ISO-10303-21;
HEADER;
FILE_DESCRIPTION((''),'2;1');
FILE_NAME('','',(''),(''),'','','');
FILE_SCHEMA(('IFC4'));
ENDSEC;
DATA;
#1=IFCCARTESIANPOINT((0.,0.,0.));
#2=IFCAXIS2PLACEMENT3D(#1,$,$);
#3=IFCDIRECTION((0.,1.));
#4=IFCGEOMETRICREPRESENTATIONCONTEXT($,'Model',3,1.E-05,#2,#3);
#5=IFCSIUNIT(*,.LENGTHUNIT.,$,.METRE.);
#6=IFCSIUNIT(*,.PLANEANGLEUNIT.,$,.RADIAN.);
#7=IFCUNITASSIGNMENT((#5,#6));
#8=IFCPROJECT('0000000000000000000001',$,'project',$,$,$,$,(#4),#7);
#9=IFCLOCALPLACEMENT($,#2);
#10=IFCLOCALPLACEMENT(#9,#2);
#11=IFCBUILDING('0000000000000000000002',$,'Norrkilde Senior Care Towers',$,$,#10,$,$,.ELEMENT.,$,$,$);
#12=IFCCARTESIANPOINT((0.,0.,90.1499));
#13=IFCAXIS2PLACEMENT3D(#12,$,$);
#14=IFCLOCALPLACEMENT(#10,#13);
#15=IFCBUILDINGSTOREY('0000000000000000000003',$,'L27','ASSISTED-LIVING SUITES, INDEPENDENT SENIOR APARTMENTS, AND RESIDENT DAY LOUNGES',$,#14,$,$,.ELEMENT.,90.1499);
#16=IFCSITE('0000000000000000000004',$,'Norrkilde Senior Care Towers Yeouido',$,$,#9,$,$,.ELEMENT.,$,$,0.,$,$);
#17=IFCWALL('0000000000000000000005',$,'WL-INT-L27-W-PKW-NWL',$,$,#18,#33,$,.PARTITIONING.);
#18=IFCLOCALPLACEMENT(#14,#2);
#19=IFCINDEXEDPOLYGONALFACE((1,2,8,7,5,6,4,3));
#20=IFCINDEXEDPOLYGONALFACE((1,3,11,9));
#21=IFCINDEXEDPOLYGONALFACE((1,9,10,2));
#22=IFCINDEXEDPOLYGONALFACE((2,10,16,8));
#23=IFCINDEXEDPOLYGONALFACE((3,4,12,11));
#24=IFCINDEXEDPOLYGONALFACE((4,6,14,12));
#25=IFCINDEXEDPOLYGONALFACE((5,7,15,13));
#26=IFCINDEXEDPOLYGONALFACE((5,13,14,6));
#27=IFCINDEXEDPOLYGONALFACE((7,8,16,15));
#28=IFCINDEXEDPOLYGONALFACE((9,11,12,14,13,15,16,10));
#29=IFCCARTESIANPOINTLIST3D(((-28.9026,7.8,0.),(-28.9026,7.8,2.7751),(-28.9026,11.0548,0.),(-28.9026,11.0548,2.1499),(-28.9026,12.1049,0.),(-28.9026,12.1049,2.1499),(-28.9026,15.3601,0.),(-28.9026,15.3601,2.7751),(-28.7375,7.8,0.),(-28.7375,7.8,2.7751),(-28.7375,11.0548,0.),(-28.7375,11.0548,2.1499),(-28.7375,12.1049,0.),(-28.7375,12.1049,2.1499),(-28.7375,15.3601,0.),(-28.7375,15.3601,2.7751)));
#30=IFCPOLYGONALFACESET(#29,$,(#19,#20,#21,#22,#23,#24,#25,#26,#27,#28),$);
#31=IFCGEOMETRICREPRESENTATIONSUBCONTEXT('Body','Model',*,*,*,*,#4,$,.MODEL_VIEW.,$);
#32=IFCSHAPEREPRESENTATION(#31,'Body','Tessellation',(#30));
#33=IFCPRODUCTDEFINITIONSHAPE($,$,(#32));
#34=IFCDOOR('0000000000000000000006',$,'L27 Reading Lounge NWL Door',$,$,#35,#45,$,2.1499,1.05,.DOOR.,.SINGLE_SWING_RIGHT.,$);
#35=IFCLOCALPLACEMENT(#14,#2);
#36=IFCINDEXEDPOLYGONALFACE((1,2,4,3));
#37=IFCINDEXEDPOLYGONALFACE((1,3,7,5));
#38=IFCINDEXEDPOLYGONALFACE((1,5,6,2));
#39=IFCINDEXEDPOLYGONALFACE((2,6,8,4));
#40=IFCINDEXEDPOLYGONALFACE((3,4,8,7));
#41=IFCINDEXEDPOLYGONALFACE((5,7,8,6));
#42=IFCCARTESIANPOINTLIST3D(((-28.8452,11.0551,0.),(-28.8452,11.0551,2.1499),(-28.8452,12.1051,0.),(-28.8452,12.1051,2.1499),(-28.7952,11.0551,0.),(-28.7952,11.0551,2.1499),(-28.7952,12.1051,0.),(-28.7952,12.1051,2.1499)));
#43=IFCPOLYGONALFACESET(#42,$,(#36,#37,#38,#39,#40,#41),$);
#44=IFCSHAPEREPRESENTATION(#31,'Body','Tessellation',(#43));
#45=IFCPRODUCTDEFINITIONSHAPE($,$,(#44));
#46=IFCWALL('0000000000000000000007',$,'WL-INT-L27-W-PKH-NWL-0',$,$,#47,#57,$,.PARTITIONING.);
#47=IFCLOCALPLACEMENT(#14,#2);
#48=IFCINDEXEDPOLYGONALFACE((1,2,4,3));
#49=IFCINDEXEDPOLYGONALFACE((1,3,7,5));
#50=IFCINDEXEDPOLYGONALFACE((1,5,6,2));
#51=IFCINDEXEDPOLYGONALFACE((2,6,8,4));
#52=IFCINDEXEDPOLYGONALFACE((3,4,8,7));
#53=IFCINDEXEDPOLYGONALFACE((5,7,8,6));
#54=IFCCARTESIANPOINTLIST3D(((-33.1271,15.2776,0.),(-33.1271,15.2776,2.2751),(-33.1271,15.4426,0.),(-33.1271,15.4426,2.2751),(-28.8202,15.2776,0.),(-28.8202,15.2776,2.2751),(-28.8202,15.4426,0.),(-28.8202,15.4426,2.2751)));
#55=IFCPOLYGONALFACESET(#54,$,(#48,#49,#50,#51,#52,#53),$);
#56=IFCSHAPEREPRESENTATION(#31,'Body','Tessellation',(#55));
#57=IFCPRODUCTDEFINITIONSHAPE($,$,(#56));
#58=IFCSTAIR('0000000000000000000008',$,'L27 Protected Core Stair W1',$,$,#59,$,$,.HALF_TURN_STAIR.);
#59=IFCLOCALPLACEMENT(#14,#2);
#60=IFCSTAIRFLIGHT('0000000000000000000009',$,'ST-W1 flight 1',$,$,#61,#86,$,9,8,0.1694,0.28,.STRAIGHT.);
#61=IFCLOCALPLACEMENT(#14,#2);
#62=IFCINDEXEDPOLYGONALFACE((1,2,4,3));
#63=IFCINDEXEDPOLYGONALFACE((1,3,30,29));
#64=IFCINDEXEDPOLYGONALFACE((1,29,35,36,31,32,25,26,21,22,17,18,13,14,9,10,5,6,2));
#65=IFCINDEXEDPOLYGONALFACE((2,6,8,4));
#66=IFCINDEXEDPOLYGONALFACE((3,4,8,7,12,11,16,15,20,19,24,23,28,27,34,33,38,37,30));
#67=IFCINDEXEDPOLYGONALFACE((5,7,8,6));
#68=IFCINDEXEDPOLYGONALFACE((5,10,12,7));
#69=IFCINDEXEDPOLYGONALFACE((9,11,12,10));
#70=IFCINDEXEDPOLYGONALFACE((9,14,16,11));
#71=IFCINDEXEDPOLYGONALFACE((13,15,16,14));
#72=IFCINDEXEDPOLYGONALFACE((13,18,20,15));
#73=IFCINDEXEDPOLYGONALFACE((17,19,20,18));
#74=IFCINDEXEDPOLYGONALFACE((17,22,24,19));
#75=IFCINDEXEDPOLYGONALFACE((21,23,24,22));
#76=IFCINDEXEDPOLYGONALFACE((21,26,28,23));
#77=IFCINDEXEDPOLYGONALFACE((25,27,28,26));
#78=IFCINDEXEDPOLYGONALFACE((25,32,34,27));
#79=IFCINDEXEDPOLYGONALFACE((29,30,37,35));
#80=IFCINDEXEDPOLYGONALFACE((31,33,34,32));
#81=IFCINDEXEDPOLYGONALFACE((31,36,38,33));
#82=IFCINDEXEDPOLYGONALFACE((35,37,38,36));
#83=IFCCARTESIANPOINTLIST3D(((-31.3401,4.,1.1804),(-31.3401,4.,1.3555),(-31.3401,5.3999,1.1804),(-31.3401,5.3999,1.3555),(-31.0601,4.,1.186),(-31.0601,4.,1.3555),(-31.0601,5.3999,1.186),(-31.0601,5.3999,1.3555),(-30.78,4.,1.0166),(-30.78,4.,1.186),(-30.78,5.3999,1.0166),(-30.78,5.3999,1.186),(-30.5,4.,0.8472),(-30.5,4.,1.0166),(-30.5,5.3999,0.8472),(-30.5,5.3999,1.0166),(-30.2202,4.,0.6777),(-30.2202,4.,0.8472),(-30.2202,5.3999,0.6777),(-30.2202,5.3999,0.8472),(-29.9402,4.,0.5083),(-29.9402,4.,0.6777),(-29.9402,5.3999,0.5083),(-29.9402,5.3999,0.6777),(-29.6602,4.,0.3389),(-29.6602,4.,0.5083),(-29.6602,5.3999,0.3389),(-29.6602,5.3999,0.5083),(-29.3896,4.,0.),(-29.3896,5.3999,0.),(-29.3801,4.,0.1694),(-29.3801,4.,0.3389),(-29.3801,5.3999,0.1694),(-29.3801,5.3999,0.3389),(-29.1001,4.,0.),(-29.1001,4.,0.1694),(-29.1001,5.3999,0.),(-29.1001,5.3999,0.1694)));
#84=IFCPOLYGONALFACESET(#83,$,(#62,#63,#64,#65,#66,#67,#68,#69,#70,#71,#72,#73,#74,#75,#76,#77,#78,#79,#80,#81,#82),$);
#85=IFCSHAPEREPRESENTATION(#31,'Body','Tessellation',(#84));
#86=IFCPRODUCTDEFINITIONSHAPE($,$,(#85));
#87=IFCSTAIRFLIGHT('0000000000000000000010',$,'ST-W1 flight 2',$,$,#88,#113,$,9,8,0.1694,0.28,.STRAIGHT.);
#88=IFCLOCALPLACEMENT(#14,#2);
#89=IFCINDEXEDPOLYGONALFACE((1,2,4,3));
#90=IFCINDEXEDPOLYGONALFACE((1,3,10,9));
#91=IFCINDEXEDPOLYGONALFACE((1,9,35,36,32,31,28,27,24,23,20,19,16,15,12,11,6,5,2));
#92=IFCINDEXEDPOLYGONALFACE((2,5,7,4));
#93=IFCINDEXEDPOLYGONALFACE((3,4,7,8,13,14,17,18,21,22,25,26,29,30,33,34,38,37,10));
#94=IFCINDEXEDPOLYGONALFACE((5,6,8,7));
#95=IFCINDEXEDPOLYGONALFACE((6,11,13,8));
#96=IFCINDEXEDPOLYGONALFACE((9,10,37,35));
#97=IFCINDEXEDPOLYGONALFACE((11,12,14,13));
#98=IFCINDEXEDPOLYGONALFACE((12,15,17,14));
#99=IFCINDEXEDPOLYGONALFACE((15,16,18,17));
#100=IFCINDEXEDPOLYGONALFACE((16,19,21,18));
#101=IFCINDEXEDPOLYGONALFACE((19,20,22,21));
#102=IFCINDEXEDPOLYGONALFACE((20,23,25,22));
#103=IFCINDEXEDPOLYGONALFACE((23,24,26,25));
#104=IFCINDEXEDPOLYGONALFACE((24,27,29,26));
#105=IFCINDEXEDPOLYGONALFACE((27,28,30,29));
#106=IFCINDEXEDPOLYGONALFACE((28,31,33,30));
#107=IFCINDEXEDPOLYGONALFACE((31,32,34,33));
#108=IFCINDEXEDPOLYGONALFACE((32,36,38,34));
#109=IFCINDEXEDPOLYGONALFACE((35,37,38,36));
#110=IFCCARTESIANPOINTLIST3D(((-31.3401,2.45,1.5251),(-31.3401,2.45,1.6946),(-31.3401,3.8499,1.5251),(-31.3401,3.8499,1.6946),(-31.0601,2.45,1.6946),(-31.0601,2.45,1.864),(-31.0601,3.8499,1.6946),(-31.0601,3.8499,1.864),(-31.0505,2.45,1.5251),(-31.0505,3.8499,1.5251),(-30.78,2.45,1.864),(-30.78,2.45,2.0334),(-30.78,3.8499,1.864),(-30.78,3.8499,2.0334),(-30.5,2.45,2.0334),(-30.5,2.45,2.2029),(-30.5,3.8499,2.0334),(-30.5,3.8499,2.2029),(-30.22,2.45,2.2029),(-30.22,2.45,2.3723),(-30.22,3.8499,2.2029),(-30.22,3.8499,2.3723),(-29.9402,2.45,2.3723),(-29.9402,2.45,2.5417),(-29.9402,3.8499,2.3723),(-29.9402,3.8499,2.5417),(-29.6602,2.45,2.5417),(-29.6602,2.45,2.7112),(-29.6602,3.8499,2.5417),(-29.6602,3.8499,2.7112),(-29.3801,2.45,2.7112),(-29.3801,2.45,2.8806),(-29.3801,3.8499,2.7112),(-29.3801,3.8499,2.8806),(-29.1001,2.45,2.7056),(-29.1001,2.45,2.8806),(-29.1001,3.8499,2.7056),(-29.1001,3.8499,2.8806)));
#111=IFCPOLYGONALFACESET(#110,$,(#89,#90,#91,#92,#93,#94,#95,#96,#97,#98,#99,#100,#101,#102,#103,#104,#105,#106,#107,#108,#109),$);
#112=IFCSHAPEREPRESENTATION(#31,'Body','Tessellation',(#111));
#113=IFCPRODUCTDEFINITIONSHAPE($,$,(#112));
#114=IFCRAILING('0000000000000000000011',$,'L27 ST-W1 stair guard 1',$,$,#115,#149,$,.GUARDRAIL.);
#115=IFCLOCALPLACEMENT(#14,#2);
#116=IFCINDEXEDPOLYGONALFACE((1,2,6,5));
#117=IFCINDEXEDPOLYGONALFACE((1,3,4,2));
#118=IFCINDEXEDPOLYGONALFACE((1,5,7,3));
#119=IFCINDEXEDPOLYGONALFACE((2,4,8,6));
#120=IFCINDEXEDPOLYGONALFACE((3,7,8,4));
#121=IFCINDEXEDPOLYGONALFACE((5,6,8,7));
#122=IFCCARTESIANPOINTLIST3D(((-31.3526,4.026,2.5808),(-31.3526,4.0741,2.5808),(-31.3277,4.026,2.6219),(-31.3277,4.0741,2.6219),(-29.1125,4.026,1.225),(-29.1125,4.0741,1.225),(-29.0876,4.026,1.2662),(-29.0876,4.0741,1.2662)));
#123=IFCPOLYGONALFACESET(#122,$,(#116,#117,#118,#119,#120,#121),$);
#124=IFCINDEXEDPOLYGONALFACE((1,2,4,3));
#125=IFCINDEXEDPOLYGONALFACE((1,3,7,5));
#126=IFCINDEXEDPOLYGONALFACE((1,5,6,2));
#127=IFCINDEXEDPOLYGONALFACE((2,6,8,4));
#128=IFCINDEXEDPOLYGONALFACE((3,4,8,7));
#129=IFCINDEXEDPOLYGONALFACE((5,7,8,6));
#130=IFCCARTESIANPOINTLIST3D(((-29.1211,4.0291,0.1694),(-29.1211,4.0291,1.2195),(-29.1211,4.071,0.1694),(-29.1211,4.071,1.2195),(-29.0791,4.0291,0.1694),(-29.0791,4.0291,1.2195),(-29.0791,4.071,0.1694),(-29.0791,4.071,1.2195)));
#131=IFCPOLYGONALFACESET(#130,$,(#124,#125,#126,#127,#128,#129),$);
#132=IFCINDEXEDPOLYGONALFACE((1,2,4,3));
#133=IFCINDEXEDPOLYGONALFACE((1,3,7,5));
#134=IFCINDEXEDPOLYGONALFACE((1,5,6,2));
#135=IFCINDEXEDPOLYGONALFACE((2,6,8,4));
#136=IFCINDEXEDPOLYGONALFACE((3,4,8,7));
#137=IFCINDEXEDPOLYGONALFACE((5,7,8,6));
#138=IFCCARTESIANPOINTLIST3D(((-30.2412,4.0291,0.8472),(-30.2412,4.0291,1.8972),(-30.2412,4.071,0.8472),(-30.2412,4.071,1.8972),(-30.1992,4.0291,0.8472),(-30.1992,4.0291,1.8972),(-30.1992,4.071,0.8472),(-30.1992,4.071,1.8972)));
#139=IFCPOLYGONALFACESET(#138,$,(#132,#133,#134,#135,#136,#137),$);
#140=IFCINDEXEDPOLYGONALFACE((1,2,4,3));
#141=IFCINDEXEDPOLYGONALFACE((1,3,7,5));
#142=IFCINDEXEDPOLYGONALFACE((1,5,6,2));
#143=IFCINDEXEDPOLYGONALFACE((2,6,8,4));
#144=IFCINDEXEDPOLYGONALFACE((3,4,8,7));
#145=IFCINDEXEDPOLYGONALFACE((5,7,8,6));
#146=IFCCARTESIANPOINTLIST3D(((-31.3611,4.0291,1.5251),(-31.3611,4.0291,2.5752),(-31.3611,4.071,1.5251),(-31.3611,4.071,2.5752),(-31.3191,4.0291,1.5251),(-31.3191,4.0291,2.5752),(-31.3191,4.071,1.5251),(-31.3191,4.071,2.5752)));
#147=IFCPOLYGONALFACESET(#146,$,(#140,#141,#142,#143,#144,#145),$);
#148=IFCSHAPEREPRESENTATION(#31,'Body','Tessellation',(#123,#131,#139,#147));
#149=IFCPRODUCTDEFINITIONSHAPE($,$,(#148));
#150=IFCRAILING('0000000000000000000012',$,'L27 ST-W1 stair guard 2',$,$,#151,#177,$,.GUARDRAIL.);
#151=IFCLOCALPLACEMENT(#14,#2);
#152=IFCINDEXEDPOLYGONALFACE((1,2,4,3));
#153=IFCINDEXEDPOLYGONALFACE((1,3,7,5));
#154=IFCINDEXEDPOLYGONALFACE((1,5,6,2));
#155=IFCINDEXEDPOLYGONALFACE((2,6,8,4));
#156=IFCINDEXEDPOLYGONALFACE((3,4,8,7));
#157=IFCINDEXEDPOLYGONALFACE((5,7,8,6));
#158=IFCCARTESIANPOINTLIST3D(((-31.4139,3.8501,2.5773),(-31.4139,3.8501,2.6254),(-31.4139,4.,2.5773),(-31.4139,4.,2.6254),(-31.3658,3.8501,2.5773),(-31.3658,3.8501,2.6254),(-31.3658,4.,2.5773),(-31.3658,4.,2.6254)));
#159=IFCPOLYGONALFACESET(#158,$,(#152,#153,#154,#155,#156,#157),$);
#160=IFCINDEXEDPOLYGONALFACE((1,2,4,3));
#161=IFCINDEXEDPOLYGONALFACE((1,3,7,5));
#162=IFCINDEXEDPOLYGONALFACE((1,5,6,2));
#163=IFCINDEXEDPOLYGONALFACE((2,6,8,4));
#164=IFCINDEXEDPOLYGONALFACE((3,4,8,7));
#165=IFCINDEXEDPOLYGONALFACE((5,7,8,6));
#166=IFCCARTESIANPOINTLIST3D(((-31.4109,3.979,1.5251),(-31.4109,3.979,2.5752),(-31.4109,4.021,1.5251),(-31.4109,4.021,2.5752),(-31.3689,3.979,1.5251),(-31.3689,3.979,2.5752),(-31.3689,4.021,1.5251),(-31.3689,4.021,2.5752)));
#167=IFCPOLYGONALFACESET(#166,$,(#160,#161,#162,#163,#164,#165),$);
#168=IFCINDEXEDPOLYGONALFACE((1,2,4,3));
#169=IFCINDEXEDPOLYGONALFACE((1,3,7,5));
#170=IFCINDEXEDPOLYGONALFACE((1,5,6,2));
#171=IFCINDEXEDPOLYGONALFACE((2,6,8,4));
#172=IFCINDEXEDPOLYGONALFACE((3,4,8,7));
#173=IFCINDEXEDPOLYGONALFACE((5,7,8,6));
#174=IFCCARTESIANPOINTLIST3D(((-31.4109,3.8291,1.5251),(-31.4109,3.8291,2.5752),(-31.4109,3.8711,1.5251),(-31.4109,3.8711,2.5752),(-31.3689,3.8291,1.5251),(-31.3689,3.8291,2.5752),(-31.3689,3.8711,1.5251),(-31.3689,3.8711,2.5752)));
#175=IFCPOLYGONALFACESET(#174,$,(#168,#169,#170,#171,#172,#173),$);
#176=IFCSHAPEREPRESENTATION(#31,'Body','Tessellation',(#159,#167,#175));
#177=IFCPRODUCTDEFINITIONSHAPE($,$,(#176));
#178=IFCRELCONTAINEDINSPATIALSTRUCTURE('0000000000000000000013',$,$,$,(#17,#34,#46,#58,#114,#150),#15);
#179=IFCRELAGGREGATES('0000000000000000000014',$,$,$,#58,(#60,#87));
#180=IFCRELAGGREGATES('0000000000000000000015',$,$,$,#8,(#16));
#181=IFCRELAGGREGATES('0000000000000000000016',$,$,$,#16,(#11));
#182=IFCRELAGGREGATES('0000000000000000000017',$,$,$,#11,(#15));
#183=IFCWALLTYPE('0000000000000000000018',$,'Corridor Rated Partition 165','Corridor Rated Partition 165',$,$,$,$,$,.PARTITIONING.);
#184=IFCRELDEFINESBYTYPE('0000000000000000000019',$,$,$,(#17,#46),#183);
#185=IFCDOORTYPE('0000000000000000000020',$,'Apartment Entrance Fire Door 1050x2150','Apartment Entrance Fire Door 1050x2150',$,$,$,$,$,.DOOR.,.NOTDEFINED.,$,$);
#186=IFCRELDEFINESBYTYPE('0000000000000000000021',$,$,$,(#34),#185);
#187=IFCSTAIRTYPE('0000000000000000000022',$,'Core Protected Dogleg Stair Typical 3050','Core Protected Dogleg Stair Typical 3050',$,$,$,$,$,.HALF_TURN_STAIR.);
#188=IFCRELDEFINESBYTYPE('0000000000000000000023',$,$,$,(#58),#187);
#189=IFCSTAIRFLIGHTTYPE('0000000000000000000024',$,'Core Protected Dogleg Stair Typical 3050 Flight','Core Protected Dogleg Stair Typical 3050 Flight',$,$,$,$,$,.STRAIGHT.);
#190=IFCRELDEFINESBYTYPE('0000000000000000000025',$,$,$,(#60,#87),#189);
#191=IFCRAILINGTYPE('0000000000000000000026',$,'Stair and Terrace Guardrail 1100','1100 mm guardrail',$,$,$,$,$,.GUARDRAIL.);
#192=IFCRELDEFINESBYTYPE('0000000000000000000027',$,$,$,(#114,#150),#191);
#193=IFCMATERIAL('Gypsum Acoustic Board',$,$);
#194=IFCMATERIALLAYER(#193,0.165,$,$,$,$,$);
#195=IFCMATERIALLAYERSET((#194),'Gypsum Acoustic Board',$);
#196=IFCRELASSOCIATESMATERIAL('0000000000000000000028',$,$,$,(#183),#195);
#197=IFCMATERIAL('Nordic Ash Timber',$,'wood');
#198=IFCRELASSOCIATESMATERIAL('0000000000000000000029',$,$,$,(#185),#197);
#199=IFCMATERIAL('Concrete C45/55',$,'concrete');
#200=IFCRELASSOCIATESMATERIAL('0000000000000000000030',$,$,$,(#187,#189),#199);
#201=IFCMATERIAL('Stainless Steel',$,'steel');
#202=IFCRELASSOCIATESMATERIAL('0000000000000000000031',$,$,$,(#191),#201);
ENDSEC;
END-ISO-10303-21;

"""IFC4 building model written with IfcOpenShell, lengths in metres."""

from ifc_helpers import new_model, si_unit, direction, frame, frame_2d, origin, origin_2d, place, context, subcontext, project, spatial, polyline, rectangle, outline, extrude, source, transform, mapped, material, layer, layer_set, type_object, type_shapes, element, fill, aggregate, save


model = new_model("IFC4")

# Units and contexts
model_context = context("Model", 3, precision=1e-05, world=origin(), true_north=direction((0.0, 1.0)))
body_context = subcontext(model_context, "Body", "Model", "MODEL_VIEW")
ifc_project = project(units=[si_unit("LENGTHUNIT", "METRE"), si_unit("PLANEANGLEUNIT", "RADIAN")], contexts=[model_context])

# Site, building, storey
site_placement = place(None, origin())
site = spatial("IfcSite", under=ifc_project, at=site_placement, Name="Norrkilde Senior Care Towers Yeouido", CompositionType="ELEMENT", RefElevation=0.0)
building_placement = place(site_placement, origin())
building = spatial("IfcBuilding", under=site, at=building_placement, Name="Norrkilde Senior Care Towers", CompositionType="ELEMENT")
storey_placement = place(building_placement, frame((0.0, 0.0, 90.1499)))
storey = spatial("IfcBuildingStorey", under=building, at=storey_placement, Name="L27", Description="ASSISTED-LIVING SUITES, INDEPENDENT SENIOR APARTMENTS, AND RESIDENT DAY LOUNGES", CompositionType="ELEMENT", Elevation=90.1499)

# Shared definitions
ifc_material_1 = material(Name="Gypsum Acoustic Board")
ifc_material_2 = material(Name="Concrete C45/55", Category="concrete")

# Shared definitions
ifc_layer_1 = layer(ifc_material_1, 0.165)
ifc_layer_set_1 = layer_set([ifc_layer_1], Name="Gypsum Acoustic Board")
wall_type_1 = type_object("IfcWallType", Name="Corridor Rated Partition 165", Description="Corridor Rated Partition 165", PredefinedType="PARTITIONING", material=ifc_layer_set_1)

# Wall, opening, door
shared_shape_1 = source(origin(), body_context, "Body", "SweptSolid", [
    extrude(rectangle(XDim=7.5601, YDim=0.165, at=frame_2d((3.78, 0.0))), origin(), (0.0, 0.0, 1.0), 2.7751),
])
wall_1_placement = place(storey_placement, frame((-28.8201, 7.8, 0.0), z_axis=(0.0, 0.0, 1.0), x_axis=(0.0, 1.0, 0.0)))
wall_1 = element("IfcWall", 1, at=wall_1_placement, inside=storey, type_object=wall_type_1, Name="WL-INT-L27-W-PKW-NWL", PredefinedType="PARTITIONING", context=body_context, shape_type="MappedRepresentation", body=[
    mapped(shared_shape_1, transform((0.0, 0.0, 0.0), x_axis=(1.0, 0.0, 0.0), y_axis=(0.0, 1.0, 0.0), z_axis=(0.0, 0.0, 1.0), scale=1.0)),
])
opening_1_placement = place(wall_1_placement, frame((3.2549, 0.0, 0.0)))
opening_1 = element("IfcOpeningElement", 2, at=opening_1_placement, cuts=wall_1, PredefinedType="OPENING", context=body_context, shape_type="SweptSolid", body=[
    extrude(rectangle(XDim=1.05, YDim=2.1499, at=frame_2d((0.5249, 1.075))), frame((0.0, 0.0925, 0.0), z_axis=(0.0, -1.0, 0.0), x_axis=(1.0, 0.0, 0.0)), (0.0, 0.0, 1.0), 0.1851),
])
ifc_material_3 = material(Name="Nordic Ash Timber", Category="wood")
door_type_1 = type_object("IfcDoorType", Name="Apartment Entrance Fire Door 1050x2150", Description="Apartment Entrance Fire Door 1050x2150", OperationType="NOTDEFINED", PredefinedType="DOOR", material=ifc_material_3)
shared_shape_2 = source(origin(), body_context, "Body", "SweptSolid", [
    extrude(rectangle(XDim=1.05, YDim=2.1499, at=frame_2d((0.5249, 1.075))), frame((0.0, 0.0249, 0.0), z_axis=(0.0, -1.0, 0.0), x_axis=(1.0, 0.0, 0.0)), (0.0, 0.0, 1.0), 0.05),
])
type_shapes(door_type_1, [shared_shape_2])
door_1_placement = place(opening_1_placement, frame((1.05, 0.0, 0.0), z_axis=(0.0, 0.0, 1.0), x_axis=(-1.0, 0.0, 0.0)))
door_1 = element("IfcDoor", 3, at=door_1_placement, inside=storey, type_object=door_type_1, Name="L27 Reading Lounge NWL Door", OperationType="SINGLE_SWING_RIGHT", OverallHeight=2.1499, OverallWidth=1.05, PredefinedType="DOOR", context=body_context, shape_type="MappedRepresentation", body=[
    mapped(shared_shape_2, transform((0.0, 0.0, 0.0), x_axis=(1.0, 0.0, 0.0), y_axis=(0.0, 1.0, 0.0), z_axis=(0.0, 0.0, 1.0), scale=1.0)),
])
fill(opening_1, door_1)

# Wall
shared_shape_3 = source(origin(), body_context, "Body", "SweptSolid", [
    extrude(rectangle(XDim=4.3069, YDim=0.165, at=frame_2d((2.1533, 0.0))), origin(), (0.0, 0.0, 1.0), 2.2751),
])
wall_2_placement = place(storey_placement, frame((-33.127, 15.3601, 0.0), z_axis=(0.0, 0.0, 1.0), x_axis=(1.0, 0.0, 0.0)))
element("IfcWall", 4, at=wall_2_placement, inside=storey, type_object=wall_type_1, Name="WL-INT-L27-W-PKH-NWL-0", PredefinedType="PARTITIONING", context=body_context, shape_type="MappedRepresentation", body=[
    mapped(shared_shape_3, transform((0.0, 0.0, 0.0), x_axis=(1.0, 0.0, 0.0), y_axis=(0.0, 1.0, 0.0), z_axis=(0.0, 0.0, 1.0), scale=1.0)),
])

# Stair, stair flights
stair_type = type_object("IfcStairType", Name="Core Protected Dogleg Stair Typical 3050", Description="Core Protected Dogleg Stair Typical 3050", PredefinedType="HALF_TURN_STAIR", material=ifc_material_2)
stair_placement = place(storey_placement, origin())
stair = element("IfcStair", 5, at=stair_placement, inside=storey, type_object=stair_type, Name="L27 Protected Core Stair W1", PredefinedType="HALF_TURN_STAIR")
stair_flight_type = type_object("IfcStairFlightType", Name="Core Protected Dogleg Stair Typical 3050 Flight", Description="Core Protected Dogleg Stair Typical 3050 Flight", PredefinedType="STRAIGHT", material=ifc_material_2)
stair_flight_1_placement = place(storey_placement, frame((-29.1001, 4.7, 0.0), z_axis=(0.0, 0.0, 1.0), x_axis=(-1.0, 0.0, 0.0)))
stair_flight_1 = element("IfcStairFlight", 6, at=stair_flight_1_placement, type_object=stair_flight_type, Name="ST-W1 flight 1", NumberOfRisers=9, NumberOfTreads=8, PredefinedType="STRAIGHT", RiserHeight=0.1694, TreadLength=0.28, context=body_context, shape_type="SweptSolid", body=[
    extrude(outline(polyline([(0.0, 0.0), (0.0, 0.1694), (0.28, 0.1694), (0.28, 0.3389), (0.5601, 0.3389), (0.5601, 0.5083), (0.8401, 0.5083), (0.8401, 0.6777), (1.1201, 0.6777), (1.1201, 0.8472), (1.3999, 0.8472), (1.3999, 1.0166), (1.6799, 1.0166), (1.6799, 1.186), (1.96, 1.186), (1.96, 1.3555), (2.24, 1.3555), (2.24, 1.5249), (2.24, 1.1804), (0.2896, 0.0), (0.0, 0.0)])), frame((0.0, 0.7, 0.0), z_axis=(0.0, -1.0, 0.0), x_axis=(1.0, 0.0, 0.0)), (0.0, 0.0, 1.0), 1.3999),
])
stair_flight_2_placement = place(storey_placement, frame((-31.3401, 3.1499, 1.5251), z_axis=(0.0, 0.0, 1.0), x_axis=(1.0, 0.0, 0.0)))
stair_flight_2 = element("IfcStairFlight", 7, at=stair_flight_2_placement, type_object=stair_flight_type, Name="ST-W1 flight 2", NumberOfRisers=9, NumberOfTreads=8, PredefinedType="STRAIGHT", RiserHeight=0.1694, TreadLength=0.28, context=body_context, shape_type="SweptSolid", body=[
    extrude(outline(polyline([(0.0, 0.0), (0.0, 0.1694), (0.28, 0.1694), (0.28, 0.3389), (0.5601, 0.3389), (0.5601, 0.5083), (0.8401, 0.5083), (0.8401, 0.6777), (1.1201, 0.6777), (1.1201, 0.8472), (1.3999, 0.8472), (1.3999, 1.0166), (1.6799, 1.0166), (1.6799, 1.186), (1.96, 1.186), (1.96, 1.3555), (2.24, 1.3555), (2.24, 1.5249), (2.24, 1.1804), (0.2896, 0.0), (0.0, 0.0)])), frame((0.0, 0.7, 0.0), z_axis=(0.0, -1.0, 0.0), x_axis=(1.0, 0.0, 0.0)), (0.0, 0.0, 1.0), 1.3999),
])
aggregate(stair, [stair_flight_1, stair_flight_2])

# Railings
ifc_material_4 = material(Name="Stainless Steel", Category="steel")
railing_type_1 = type_object("IfcRailingType", Name="Stair and Terrace Guardrail 1100", Description="1100 mm guardrail", PredefinedType="GUARDRAIL", material=ifc_material_4)
railing_1_placement = place(storey_placement, frame((-29.1001, 4.05, 0.1694)))
element("IfcRailing", 8, at=railing_1_placement, inside=storey, type_object=railing_type_1, Name="L27 ST-W1 stair guard 1", PredefinedType="GUARDRAIL", context=body_context, shape_type="SweptSolid", body=[
    extrude(rectangle(XDim=0.0481, YDim=0.0481, at=origin_2d()), frame((0.0, 0.0, 1.0762), z_axis=(-0.855512, 0.0, 0.517783), x_axis=(0.0, -1.0, 0.0)), (0.0, 0.0, 1.0), 2.6184),
    extrude(rectangle(XDim=0.042, YDim=0.042, at=origin_2d()), origin(), (0.0, 0.0, 1.0), 1.05),
    extrude(rectangle(XDim=0.042, YDim=0.042, at=origin_2d()), frame((-1.1201, 0.0, 0.6777)), (0.0, 0.0, 1.0), 1.05),
    extrude(rectangle(XDim=0.042, YDim=0.042, at=origin_2d()), frame((-2.24, 0.0, 1.3557)), (0.0, 0.0, 1.0), 1.05),
])
railing_2_placement = place(storey_placement, frame((-31.3899, 4.0, 1.5251)))
element("IfcRailing", 9, at=railing_2_placement, inside=storey, type_object=railing_type_1, Name="L27 ST-W1 stair guard 2", PredefinedType="GUARDRAIL", context=body_context, shape_type="SweptSolid", body=[
    extrude(rectangle(XDim=0.0481, YDim=0.0481, at=origin_2d()), frame((0.0, 0.0, 1.0762), z_axis=(0.0, -1.0, 0.0), x_axis=(1.0, 0.0, 0.0)), (0.0, 0.0, 1.0), 0.1499),
    extrude(rectangle(XDim=0.042, YDim=0.042, at=origin_2d()), origin(), (0.0, 0.0, 1.0), 1.05),
    extrude(rectangle(XDim=0.042, YDim=0.042, at=origin_2d()), frame((0.0, -0.1499, 0.0)), (0.0, 0.0, 1.0), 1.05),
])

save(model, "model.ifc")
